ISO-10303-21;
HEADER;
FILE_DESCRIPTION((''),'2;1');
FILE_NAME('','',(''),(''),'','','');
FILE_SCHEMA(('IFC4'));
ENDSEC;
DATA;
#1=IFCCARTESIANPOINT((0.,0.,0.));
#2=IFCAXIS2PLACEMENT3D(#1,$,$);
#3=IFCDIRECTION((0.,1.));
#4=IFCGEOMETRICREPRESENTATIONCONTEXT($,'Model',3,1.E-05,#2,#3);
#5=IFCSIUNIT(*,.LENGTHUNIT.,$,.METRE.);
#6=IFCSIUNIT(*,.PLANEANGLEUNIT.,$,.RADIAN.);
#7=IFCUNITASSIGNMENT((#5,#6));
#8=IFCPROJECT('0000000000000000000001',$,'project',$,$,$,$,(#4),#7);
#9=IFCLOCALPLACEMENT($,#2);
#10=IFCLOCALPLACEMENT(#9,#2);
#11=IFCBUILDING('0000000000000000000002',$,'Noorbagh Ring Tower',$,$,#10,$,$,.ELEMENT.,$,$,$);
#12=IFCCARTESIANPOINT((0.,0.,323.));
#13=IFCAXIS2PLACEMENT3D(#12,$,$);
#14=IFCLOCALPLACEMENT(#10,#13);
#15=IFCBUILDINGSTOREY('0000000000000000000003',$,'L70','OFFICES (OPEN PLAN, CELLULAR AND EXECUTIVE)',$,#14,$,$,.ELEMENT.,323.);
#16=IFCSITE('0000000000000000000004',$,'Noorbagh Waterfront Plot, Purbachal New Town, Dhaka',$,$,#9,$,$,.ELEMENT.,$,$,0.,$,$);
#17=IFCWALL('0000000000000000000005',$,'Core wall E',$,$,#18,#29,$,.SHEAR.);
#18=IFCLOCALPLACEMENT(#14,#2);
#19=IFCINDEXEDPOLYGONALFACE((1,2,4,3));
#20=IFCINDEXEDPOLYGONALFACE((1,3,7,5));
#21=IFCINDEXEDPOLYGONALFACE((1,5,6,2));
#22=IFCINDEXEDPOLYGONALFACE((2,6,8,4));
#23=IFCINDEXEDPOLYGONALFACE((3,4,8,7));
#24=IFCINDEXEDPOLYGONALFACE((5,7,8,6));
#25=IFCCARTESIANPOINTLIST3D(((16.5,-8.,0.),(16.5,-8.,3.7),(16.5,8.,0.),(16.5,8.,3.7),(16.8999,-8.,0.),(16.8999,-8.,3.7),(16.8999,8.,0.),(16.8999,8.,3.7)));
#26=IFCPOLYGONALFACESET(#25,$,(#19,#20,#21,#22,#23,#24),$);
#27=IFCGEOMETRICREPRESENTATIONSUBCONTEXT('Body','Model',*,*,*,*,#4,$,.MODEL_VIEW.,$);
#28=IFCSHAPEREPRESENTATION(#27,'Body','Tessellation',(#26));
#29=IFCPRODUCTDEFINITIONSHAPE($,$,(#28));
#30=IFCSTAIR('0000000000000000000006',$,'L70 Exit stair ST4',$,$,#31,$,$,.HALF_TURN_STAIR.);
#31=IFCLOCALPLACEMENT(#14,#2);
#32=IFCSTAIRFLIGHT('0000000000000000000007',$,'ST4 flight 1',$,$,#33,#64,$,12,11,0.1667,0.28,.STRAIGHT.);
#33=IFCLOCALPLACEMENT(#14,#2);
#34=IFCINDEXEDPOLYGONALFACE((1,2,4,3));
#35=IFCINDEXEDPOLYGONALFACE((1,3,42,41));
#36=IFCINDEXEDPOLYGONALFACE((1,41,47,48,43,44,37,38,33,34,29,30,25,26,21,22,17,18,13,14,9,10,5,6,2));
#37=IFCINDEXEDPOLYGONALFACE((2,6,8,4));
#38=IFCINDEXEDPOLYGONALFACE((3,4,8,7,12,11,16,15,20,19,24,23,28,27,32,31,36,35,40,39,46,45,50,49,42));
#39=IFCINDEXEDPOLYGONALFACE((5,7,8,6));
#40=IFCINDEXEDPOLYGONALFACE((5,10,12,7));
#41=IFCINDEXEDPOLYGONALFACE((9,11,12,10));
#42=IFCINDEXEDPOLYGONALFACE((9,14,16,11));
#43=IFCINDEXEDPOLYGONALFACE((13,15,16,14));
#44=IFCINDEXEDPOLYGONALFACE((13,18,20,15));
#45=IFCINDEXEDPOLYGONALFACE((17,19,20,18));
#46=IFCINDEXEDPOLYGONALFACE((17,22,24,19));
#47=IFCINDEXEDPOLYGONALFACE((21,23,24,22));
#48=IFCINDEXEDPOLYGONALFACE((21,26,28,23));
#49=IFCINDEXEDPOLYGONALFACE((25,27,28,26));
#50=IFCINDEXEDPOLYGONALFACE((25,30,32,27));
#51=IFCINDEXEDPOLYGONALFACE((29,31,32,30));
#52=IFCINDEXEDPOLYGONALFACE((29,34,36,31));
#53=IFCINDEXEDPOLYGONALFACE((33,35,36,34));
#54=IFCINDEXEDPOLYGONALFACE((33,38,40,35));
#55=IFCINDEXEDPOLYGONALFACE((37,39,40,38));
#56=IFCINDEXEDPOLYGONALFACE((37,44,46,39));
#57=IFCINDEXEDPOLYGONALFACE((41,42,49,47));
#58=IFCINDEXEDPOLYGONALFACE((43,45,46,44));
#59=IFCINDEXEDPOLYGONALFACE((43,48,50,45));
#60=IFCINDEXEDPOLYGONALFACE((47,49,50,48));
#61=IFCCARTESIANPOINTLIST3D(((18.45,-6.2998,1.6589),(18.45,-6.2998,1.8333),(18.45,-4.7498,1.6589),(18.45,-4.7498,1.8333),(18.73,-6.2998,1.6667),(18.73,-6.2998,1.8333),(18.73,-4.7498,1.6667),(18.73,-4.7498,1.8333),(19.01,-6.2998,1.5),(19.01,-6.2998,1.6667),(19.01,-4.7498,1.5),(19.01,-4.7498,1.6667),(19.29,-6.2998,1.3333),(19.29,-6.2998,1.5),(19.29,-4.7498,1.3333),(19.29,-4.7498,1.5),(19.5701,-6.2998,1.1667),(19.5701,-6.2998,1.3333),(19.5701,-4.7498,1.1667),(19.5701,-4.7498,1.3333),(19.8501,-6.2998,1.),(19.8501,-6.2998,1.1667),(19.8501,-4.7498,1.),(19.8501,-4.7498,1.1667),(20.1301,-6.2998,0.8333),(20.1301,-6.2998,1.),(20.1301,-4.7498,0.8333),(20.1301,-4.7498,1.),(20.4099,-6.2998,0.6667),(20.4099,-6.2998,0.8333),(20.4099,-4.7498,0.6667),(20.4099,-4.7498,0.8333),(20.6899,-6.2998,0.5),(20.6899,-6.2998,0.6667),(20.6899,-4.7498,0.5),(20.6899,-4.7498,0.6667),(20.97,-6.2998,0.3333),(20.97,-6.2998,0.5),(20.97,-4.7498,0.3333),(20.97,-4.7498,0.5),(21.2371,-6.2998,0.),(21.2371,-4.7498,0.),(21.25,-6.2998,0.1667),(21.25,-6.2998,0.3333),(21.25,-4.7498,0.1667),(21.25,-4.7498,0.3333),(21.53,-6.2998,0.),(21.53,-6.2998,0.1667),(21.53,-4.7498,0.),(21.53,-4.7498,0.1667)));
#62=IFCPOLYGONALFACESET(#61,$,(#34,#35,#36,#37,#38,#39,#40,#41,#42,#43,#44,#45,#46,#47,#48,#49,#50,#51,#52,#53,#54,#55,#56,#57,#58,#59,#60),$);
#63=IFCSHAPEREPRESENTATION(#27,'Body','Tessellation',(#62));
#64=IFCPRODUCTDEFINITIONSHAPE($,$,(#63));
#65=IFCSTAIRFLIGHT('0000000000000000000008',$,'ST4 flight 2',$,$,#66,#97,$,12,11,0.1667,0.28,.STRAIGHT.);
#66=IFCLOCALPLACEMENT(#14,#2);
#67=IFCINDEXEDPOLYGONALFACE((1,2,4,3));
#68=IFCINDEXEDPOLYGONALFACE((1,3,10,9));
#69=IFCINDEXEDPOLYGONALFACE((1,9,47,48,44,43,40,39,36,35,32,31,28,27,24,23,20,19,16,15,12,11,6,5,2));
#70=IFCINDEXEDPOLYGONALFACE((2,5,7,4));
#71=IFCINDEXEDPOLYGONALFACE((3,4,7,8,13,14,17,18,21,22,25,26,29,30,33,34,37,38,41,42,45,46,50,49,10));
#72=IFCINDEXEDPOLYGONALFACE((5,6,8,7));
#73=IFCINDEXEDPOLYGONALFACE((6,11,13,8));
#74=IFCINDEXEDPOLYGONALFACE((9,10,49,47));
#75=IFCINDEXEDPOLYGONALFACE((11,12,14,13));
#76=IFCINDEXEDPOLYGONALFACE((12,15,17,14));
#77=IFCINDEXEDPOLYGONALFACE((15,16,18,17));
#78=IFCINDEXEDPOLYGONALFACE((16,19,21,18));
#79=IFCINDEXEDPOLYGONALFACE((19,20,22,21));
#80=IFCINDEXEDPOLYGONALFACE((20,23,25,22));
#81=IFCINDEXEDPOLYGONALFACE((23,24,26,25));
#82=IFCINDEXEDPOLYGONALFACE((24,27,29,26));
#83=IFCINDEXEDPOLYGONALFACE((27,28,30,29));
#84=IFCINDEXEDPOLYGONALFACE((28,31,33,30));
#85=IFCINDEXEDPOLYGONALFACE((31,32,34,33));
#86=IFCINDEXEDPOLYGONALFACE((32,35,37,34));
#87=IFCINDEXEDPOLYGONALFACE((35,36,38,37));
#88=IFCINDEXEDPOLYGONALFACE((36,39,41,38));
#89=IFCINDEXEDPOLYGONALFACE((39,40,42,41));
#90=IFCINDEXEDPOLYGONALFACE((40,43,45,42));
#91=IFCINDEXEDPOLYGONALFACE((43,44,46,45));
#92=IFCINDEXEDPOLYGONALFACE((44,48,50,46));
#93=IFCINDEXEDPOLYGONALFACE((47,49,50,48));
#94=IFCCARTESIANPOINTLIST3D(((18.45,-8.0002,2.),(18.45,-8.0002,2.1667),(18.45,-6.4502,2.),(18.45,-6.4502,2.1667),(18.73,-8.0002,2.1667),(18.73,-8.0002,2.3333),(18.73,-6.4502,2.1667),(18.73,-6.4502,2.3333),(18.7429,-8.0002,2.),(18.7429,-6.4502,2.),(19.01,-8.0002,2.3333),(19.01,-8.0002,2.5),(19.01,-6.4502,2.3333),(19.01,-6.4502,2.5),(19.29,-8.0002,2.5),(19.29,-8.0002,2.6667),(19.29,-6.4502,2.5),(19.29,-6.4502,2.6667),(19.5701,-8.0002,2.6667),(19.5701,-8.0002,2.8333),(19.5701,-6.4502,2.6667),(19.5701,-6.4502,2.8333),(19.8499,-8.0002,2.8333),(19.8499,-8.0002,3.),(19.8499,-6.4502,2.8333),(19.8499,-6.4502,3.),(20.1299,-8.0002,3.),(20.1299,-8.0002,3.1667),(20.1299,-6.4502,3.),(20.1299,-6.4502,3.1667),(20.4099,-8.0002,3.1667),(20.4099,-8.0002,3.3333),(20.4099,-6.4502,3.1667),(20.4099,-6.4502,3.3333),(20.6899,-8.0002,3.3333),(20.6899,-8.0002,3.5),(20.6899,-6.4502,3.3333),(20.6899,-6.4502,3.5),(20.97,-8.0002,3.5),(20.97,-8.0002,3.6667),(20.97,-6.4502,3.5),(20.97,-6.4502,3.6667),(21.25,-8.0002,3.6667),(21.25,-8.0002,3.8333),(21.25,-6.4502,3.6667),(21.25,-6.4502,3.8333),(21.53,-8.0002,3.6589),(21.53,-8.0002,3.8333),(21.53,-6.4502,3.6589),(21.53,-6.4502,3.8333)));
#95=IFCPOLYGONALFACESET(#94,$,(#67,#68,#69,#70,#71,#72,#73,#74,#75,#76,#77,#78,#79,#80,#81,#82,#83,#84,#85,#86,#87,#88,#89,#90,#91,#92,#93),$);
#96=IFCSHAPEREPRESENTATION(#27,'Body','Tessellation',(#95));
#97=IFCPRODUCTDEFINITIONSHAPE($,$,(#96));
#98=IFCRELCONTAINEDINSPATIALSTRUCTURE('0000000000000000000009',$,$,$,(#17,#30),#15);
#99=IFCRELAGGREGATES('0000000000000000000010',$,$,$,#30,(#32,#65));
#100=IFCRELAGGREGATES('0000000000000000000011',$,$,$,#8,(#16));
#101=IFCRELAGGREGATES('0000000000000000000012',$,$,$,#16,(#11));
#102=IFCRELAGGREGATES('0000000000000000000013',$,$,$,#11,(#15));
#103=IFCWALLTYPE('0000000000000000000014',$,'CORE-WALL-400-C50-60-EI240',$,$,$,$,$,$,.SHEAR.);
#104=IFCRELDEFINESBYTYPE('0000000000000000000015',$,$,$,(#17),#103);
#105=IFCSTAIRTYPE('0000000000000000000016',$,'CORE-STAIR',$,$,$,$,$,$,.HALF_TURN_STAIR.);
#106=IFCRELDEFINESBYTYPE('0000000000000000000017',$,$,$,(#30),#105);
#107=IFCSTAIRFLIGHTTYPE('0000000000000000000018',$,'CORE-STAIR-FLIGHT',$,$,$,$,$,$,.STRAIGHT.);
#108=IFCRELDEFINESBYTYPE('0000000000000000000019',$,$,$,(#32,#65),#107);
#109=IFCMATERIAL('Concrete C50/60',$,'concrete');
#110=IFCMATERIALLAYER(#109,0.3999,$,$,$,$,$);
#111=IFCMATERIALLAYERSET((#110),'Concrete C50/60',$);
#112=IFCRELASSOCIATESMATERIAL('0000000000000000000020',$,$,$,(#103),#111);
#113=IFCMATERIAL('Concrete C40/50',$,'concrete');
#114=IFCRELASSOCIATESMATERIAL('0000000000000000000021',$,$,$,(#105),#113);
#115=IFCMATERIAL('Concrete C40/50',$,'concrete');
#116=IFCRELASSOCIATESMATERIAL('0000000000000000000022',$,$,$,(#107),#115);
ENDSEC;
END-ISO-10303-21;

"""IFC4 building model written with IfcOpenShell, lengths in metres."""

from ifc_helpers import new_model, si_unit, direction, frame, frame_2d, origin, place, context, subcontext, project, spatial, polyline, rectangle, outline, extrude, material, layer, layer_set, type_object, element, aggregate, save


model = new_model("IFC4")

# Units and contexts
model_context = context("Model", 3, precision=1e-05, world=origin(), true_north=direction((0.0, 1.0)))
body_context = subcontext(model_context, "Body", "Model", "MODEL_VIEW")
ifc_project = project(units=[si_unit("LENGTHUNIT", "METRE"), si_unit("PLANEANGLEUNIT", "RADIAN")], contexts=[model_context])

# Site, building, storey
site_placement = place(None, origin())
site = spatial("IfcSite", under=ifc_project, at=site_placement, Name="Noorbagh Waterfront Plot, Purbachal New Town, Dhaka", CompositionType="ELEMENT", RefElevation=0.0)
building_placement = place(site_placement, origin())
building = spatial("IfcBuilding", under=site, at=building_placement, Name="Noorbagh Ring Tower", CompositionType="ELEMENT")
storey_placement = place(building_placement, frame((0.0, 0.0, 323.0)))
storey = spatial("IfcBuildingStorey", under=building, at=storey_placement, Name="L70", Description="OFFICES (OPEN PLAN, CELLULAR AND EXECUTIVE)", CompositionType="ELEMENT", Elevation=323.0)

# Wall
ifc_material_1 = material(Name="Concrete C50/60", Category="concrete")
ifc_layer_1 = layer(ifc_material_1, 0.3999)
ifc_layer_set_1 = layer_set([ifc_layer_1], Name="Concrete C50/60")
wall_type_1 = type_object("IfcWallType", Name="CORE-WALL-400-C50-60-EI240", PredefinedType="SHEAR", material=ifc_layer_set_1)
wall_1_placement = place(storey_placement, frame((16.7, -8.0, 0.0), z_axis=(0.0, 0.0, 1.0), x_axis=(0.0, 1.0, 0.0)))
element("IfcWall", 1, at=wall_1_placement, inside=storey, type_object=wall_type_1, Name="Core wall E", PredefinedType="SHEAR", context=body_context, shape_type="SweptSolid", body=[
    extrude(rectangle(XDim=16.0, YDim=0.3999, at=frame_2d((8.0, 0.0))), origin(), (0.0, 0.0, 1.0), 3.7),
])

# Stair, stair flights
ifc_material_2 = material(Name="Concrete C40/50", Category="concrete")
stair_type = type_object("IfcStairType", Name="CORE-STAIR", PredefinedType="HALF_TURN_STAIR", material=ifc_material_2)
stair_placement = place(storey_placement, origin())
stair = element("IfcStair", 2, at=stair_placement, inside=storey, type_object=stair_type, Name="L70 Exit stair ST4", PredefinedType="HALF_TURN_STAIR")
ifc_material_3 = material(Name="Concrete C40/50", Category="concrete")
stair_flight_type = type_object("IfcStairFlightType", Name="CORE-STAIR-FLIGHT", PredefinedType="STRAIGHT", material=ifc_material_3)
stair_flight_1_placement = place(storey_placement, frame((21.53, -5.5249, 0.0), z_axis=(0.0, 0.0, 1.0), x_axis=(-1.0, 0.0, 0.0)))
stair_flight_1 = element("IfcStairFlight", 3, at=stair_flight_1_placement, type_object=stair_flight_type, Name="ST4 flight 1", NumberOfRisers=12, NumberOfTreads=11, PredefinedType="STRAIGHT", RiserHeight=0.1667, TreadLength=0.28, context=body_context, shape_type="SweptSolid", body=[
    extrude(outline(polyline([(0.0, 0.0), (0.0, 0.1667), (0.28, 0.1667), (0.28, 0.3333), (0.5601, 0.3333), (0.5601, 0.5), (0.8401, 0.5), (0.8401, 0.6667), (1.1201, 0.6667), (1.1201, 0.8333), (1.3999, 0.8333), (1.3999, 1.0), (1.6799, 1.0), (1.6799, 1.1667), (1.96, 1.1667), (1.96, 1.3333), (2.24, 1.3333), (2.24, 1.5), (2.52, 1.5), (2.52, 1.6667), (2.8, 1.6667), (2.8, 1.8333), (3.0801, 1.8333), (3.0801, 2.0), (3.0801, 1.6589), (0.293, 0.0), (0.0, 0.0)])), frame((0.0, 0.7749, 0.0), z_axis=(0.0, -1.0, 0.0), x_axis=(1.0, 0.0, 0.0)), (0.0, 0.0, 1.0), 1.55),
])
stair_flight_2_placement = place(storey_placement, frame((18.45, -7.2251, 2.0), z_axis=(0.0, 0.0, 1.0), x_axis=(1.0, 0.0, 0.0)))
stair_flight_2 = element("IfcStairFlight", 4, at=stair_flight_2_placement, type_object=stair_flight_type, Name="ST4 flight 2", NumberOfRisers=12, NumberOfTreads=11, PredefinedType="STRAIGHT", RiserHeight=0.1667, TreadLength=0.28, context=body_context, shape_type="SweptSolid", body=[
    extrude(outline(polyline([(0.0, 0.0), (0.0, 0.1667), (0.28, 0.1667), (0.28, 0.3333), (0.5601, 0.3333), (0.5601, 0.5), (0.8401, 0.5), (0.8401, 0.6667), (1.1201, 0.6667), (1.1201, 0.8333), (1.3999, 0.8333), (1.3999, 1.0), (1.6799, 1.0), (1.6799, 1.1667), (1.96, 1.1667), (1.96, 1.3333), (2.24, 1.3333), (2.24, 1.5), (2.52, 1.5), (2.52, 1.6667), (2.8, 1.6667), (2.8, 1.8333), (3.0801, 1.8333), (3.0801, 2.0), (3.0801, 1.6589), (0.293, 0.0), (0.0, 0.0)])), frame((0.0, 0.7749, 0.0), z_axis=(0.0, -1.0, 0.0), x_axis=(1.0, 0.0, 0.0)), (0.0, 0.0, 1.0), 1.55),
])
aggregate(stair, [stair_flight_1, stair_flight_2])

save(model, "model.ifc")
